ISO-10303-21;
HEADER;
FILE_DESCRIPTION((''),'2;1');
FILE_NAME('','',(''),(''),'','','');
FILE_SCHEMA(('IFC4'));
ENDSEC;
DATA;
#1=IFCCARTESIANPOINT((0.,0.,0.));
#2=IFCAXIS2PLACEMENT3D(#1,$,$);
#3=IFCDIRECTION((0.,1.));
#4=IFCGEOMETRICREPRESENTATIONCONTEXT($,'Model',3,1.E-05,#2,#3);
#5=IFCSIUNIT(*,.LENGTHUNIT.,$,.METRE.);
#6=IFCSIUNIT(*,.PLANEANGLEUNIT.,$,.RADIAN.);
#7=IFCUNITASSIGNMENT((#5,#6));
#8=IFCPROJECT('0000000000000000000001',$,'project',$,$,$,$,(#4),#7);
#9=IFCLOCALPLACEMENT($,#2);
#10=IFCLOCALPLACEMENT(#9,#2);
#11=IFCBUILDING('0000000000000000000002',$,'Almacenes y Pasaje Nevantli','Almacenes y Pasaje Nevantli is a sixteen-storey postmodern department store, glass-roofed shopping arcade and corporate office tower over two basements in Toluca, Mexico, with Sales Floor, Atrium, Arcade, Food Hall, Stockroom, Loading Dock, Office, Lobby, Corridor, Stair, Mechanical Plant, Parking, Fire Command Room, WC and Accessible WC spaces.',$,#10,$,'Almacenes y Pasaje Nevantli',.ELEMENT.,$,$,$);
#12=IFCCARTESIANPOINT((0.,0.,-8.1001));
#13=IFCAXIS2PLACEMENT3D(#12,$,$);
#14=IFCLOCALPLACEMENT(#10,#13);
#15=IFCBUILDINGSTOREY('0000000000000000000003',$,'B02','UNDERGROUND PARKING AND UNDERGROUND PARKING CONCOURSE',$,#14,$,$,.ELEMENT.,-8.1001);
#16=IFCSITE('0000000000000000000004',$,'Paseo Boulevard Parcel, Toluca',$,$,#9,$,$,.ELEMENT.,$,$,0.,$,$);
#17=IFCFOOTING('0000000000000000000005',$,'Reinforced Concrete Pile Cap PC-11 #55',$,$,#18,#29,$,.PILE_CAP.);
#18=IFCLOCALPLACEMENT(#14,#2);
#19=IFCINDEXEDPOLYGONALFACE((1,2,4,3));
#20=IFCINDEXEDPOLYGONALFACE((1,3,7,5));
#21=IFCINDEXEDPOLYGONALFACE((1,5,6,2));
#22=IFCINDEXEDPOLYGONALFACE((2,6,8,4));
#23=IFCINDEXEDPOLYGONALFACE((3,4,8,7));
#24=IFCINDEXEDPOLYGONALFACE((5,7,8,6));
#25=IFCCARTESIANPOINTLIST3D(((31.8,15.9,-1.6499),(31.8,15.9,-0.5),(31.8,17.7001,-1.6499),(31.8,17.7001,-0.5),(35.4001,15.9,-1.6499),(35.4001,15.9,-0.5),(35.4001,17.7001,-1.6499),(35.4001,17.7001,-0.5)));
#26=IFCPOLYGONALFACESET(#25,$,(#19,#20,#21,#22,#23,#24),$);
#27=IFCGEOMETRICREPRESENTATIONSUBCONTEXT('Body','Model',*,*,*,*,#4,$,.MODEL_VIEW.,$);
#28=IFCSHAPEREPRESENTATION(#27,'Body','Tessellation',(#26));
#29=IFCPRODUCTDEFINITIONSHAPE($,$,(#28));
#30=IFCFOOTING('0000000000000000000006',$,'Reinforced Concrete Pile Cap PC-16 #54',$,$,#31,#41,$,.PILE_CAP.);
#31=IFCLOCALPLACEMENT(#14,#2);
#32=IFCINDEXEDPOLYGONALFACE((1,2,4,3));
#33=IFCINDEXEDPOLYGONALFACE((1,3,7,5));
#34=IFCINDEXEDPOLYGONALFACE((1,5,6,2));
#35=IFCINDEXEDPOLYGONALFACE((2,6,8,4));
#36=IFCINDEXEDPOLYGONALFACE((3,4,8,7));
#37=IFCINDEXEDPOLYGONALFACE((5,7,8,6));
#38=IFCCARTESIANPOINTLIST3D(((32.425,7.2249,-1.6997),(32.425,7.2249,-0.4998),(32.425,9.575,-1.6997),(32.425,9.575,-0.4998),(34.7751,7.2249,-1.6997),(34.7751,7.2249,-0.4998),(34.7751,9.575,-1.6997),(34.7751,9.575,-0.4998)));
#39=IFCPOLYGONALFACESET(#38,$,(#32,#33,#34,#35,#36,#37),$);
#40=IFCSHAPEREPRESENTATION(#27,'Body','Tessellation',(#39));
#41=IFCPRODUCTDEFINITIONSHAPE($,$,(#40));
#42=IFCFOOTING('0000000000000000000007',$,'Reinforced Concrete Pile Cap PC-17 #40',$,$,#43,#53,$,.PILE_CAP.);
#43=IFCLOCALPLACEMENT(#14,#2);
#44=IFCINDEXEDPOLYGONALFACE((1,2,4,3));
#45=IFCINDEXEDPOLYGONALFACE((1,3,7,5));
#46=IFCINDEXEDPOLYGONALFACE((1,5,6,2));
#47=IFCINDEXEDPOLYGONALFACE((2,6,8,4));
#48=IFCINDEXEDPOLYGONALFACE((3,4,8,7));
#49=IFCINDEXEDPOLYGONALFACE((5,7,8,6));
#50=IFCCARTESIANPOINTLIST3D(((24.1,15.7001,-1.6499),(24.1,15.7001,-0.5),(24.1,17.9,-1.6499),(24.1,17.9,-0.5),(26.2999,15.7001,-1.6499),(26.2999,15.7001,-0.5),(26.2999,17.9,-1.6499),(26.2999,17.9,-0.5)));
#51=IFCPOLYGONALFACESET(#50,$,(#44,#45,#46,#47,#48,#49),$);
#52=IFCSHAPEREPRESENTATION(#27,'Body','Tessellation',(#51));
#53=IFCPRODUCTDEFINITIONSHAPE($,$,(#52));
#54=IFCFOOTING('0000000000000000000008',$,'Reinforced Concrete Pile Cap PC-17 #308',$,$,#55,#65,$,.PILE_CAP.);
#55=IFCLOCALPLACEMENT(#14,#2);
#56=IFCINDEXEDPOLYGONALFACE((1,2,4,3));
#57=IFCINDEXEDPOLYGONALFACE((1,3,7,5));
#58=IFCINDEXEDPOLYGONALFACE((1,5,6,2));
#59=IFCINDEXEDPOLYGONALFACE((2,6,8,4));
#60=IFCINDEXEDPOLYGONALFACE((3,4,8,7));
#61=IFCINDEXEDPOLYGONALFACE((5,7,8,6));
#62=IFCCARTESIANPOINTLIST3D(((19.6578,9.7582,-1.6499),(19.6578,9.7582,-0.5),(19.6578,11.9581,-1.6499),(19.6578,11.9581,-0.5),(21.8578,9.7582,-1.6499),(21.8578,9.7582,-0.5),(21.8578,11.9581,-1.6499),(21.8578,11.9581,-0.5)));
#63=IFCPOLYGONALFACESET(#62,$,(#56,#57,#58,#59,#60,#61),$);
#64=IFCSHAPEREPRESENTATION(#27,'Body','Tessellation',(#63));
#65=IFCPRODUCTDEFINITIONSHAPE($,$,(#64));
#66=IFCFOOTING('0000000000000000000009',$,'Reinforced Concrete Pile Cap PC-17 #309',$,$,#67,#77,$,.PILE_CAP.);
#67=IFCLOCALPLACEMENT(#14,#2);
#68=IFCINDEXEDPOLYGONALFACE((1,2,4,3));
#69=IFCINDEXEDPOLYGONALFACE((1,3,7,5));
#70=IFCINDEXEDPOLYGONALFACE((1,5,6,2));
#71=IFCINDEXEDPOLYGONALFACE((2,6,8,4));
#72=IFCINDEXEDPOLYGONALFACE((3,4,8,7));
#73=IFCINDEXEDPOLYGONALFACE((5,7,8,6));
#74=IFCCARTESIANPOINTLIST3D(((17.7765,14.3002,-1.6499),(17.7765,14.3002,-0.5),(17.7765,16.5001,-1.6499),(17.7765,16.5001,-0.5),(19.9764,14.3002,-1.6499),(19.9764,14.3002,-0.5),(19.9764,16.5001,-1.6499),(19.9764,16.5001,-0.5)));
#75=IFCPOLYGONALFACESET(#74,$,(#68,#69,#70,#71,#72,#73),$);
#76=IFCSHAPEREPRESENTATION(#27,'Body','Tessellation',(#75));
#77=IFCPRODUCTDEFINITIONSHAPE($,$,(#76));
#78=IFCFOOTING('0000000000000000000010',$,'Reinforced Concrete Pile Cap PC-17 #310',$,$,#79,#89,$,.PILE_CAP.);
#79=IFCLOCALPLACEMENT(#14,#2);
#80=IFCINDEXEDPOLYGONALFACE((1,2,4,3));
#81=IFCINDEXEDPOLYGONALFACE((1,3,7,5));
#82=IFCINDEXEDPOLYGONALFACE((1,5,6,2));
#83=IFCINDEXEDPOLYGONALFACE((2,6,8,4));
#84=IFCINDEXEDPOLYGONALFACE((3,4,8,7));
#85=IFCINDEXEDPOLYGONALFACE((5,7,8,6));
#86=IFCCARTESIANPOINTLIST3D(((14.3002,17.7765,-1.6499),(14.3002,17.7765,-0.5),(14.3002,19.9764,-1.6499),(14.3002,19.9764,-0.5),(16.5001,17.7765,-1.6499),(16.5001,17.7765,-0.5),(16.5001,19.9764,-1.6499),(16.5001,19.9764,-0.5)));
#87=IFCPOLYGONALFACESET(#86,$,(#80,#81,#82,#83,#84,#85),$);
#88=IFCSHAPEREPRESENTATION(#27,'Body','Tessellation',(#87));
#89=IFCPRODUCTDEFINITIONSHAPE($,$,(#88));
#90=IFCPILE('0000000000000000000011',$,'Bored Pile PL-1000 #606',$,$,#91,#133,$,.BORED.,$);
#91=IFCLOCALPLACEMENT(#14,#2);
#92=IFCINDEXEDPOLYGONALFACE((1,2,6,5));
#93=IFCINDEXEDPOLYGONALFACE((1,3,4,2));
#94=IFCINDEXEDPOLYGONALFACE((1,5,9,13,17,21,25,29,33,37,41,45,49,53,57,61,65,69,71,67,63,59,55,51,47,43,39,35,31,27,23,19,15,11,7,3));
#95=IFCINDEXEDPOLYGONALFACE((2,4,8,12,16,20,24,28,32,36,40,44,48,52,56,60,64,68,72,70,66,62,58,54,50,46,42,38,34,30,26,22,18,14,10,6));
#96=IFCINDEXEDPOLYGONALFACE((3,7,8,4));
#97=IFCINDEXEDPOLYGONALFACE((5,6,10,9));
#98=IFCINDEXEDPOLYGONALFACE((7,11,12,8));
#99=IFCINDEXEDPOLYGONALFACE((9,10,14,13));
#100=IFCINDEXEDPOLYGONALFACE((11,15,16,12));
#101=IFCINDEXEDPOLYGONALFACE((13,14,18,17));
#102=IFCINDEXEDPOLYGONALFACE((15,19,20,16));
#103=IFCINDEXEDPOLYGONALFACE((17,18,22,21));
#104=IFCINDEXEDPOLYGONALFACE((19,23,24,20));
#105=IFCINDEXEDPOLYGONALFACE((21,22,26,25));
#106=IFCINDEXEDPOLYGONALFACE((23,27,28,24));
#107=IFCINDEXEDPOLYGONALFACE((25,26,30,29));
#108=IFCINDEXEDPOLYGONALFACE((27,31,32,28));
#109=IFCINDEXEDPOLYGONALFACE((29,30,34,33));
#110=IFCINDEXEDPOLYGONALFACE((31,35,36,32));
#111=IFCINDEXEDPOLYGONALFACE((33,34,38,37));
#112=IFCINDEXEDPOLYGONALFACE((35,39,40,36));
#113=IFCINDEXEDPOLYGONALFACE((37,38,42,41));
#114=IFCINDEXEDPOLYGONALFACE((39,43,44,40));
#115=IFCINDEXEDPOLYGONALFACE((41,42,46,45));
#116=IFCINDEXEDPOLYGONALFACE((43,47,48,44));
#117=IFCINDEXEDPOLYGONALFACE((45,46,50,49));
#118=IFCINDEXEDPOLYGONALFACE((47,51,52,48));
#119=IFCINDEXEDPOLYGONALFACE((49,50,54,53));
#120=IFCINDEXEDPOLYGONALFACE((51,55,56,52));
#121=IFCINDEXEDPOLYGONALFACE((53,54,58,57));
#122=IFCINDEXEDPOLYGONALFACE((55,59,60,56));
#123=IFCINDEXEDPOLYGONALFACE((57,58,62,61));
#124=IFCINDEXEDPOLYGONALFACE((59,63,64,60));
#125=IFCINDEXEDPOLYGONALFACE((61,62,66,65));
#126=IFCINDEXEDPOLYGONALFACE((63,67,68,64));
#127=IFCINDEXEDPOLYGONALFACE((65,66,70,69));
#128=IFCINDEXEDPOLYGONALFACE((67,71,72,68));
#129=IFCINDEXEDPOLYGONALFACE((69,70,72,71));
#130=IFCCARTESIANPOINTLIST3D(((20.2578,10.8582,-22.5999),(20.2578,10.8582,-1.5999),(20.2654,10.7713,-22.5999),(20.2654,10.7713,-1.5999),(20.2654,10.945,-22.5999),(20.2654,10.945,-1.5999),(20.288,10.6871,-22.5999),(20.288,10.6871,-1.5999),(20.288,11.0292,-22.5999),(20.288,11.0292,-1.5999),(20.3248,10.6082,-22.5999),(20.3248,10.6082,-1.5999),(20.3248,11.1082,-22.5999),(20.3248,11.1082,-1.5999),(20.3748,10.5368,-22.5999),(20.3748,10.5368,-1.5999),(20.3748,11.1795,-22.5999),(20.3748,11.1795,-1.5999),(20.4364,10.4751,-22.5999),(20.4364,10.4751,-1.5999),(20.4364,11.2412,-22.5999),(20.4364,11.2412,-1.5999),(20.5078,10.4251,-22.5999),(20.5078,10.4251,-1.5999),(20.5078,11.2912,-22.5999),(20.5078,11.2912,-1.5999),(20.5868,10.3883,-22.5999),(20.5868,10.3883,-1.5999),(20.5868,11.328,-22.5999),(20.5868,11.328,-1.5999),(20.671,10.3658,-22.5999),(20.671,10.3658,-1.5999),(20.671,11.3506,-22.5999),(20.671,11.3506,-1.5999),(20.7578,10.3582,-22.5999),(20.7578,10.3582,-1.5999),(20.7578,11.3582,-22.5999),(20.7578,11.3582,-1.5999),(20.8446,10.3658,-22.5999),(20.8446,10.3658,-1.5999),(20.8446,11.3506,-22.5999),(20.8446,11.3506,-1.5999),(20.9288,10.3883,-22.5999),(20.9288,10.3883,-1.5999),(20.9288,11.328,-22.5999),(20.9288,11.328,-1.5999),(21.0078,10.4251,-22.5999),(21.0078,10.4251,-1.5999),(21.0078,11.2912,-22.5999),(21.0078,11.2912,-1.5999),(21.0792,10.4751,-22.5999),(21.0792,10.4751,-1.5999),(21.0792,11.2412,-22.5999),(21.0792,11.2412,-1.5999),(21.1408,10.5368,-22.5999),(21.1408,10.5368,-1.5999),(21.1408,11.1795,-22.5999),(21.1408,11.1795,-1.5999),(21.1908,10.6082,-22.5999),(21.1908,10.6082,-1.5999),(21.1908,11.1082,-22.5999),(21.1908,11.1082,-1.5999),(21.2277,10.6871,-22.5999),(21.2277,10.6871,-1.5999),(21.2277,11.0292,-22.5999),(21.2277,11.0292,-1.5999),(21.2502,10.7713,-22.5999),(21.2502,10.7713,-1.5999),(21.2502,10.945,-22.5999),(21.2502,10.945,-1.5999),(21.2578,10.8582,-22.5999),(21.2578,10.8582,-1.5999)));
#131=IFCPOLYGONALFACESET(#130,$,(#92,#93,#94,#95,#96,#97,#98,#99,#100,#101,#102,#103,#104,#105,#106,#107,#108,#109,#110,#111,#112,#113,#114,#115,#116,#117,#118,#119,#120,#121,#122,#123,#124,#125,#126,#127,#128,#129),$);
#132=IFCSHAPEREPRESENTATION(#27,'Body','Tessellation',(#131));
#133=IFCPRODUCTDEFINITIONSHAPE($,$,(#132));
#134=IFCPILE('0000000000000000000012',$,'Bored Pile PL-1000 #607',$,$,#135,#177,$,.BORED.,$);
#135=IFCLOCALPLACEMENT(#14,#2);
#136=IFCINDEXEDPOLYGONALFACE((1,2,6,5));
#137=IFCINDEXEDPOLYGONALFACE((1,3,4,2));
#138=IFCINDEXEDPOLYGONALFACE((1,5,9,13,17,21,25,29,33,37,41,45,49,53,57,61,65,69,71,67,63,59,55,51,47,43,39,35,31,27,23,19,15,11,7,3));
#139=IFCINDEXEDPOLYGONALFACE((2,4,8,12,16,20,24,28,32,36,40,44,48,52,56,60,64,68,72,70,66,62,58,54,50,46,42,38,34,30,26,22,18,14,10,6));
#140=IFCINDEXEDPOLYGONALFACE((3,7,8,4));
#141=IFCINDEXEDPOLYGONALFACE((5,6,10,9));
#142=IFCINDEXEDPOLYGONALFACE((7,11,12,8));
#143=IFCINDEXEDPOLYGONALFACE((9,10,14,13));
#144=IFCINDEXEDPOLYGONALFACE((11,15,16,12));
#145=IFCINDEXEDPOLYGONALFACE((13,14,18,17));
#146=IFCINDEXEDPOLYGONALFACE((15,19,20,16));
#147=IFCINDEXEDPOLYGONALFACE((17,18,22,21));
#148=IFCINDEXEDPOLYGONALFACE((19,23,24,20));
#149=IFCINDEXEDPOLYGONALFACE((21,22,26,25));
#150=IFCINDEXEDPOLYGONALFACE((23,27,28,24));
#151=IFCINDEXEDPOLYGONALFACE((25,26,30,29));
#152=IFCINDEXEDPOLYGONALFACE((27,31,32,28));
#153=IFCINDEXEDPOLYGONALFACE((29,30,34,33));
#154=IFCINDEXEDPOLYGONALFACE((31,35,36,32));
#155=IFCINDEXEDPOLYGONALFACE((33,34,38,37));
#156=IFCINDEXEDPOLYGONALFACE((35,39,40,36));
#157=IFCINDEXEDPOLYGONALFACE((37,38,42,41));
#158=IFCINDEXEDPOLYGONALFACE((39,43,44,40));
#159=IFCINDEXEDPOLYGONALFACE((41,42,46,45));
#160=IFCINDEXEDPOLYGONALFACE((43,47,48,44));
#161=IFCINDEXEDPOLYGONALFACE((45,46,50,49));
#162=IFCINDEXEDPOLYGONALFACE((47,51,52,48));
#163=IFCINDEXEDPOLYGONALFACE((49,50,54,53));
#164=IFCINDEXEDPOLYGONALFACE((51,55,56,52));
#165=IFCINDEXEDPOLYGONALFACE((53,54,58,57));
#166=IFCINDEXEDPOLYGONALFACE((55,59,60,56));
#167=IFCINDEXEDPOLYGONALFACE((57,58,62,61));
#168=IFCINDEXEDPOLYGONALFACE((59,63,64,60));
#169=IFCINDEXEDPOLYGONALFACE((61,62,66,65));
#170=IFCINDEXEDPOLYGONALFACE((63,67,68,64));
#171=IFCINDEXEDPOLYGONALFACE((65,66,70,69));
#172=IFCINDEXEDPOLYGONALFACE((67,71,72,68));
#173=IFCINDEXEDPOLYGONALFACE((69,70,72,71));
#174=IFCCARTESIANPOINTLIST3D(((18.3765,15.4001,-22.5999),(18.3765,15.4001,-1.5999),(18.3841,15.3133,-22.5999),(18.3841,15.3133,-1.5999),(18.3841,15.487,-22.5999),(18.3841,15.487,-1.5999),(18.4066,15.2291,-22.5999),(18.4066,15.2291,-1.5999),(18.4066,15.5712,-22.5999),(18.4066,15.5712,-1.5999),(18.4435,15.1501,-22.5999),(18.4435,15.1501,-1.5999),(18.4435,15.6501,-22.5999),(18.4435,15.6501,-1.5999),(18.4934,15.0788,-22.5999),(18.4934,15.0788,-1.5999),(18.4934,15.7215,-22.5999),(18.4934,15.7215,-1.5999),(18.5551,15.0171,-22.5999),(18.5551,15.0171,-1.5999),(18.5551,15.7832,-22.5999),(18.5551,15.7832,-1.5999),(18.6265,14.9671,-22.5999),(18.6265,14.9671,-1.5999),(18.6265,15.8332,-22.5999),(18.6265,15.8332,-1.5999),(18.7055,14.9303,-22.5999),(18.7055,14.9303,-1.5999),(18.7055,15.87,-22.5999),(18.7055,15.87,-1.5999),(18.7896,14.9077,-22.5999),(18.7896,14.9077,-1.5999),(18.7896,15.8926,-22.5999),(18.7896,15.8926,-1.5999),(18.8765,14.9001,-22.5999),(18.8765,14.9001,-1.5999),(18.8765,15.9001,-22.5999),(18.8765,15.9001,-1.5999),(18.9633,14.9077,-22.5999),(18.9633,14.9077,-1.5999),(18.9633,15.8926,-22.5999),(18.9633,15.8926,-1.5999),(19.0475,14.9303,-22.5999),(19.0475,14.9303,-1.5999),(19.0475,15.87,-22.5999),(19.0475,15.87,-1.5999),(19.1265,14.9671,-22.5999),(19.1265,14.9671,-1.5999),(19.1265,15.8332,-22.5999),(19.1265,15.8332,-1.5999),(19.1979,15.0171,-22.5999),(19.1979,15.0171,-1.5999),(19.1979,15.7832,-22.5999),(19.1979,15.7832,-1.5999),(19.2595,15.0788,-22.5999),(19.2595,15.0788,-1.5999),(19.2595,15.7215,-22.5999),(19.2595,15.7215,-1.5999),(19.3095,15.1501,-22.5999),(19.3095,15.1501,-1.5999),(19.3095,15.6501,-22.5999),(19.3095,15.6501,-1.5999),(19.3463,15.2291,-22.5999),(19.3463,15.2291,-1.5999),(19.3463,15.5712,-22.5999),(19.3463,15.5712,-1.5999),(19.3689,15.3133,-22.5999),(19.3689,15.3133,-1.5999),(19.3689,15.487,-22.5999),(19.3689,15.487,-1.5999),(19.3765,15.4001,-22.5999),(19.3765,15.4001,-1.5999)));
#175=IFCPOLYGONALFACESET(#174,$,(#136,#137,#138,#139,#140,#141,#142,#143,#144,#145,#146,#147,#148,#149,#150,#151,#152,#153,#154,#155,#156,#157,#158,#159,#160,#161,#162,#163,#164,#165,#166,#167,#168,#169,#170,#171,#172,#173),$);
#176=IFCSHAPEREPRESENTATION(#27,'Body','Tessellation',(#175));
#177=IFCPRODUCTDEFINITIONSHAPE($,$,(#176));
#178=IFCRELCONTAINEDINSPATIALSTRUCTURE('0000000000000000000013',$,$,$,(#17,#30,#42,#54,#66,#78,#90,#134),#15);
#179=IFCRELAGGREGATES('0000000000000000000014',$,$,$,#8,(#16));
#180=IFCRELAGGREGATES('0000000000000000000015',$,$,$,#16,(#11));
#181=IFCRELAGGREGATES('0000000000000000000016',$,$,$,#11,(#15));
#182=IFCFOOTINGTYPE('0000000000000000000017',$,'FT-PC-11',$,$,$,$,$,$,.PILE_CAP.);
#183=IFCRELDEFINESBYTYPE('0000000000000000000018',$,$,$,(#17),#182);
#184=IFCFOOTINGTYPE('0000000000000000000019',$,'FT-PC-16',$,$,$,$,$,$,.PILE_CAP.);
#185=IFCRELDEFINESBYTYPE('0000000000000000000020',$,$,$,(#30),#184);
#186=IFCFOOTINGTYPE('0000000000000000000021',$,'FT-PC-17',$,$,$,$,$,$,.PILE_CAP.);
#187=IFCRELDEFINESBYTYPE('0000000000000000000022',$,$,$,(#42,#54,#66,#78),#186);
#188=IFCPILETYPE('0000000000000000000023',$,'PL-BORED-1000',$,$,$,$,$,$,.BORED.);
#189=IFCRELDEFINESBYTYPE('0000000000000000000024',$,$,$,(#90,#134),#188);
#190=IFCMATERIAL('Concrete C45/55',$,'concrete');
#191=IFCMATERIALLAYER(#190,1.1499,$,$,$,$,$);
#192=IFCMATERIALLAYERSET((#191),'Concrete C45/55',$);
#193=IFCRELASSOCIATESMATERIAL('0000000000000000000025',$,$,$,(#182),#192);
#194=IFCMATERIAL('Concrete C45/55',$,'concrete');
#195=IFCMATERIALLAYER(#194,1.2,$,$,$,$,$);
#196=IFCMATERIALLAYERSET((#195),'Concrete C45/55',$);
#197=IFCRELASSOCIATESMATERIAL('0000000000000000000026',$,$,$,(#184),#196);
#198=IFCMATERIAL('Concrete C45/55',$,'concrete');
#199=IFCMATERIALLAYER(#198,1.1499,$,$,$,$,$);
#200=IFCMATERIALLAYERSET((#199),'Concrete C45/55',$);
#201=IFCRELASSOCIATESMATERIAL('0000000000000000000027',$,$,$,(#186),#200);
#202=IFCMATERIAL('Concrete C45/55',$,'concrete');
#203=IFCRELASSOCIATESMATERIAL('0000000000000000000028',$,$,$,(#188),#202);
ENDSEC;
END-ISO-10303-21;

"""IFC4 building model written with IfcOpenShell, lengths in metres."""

from ifc_helpers import new_model, si_unit, direction, frame, origin, origin_2d, place, context, subcontext, project, spatial, rectangle, circle, extrude, material, layer, layer_set, material_profile, profile_set, type_object, element, save


model = new_model("IFC4")

# Units and contexts
model_context = context("Model", 3, precision=1e-05, world=origin(), true_north=direction((0.0, 1.0)))
body_context = subcontext(model_context, "Body", "Model", "MODEL_VIEW")
ifc_project = project(units=[si_unit("LENGTHUNIT", "METRE"), si_unit("PLANEANGLEUNIT", "RADIAN")], contexts=[model_context])

# Site, building, storey
site_placement = place(None, origin())
site = spatial("IfcSite", under=ifc_project, at=site_placement, Name="Paseo Boulevard Parcel, Toluca", CompositionType="ELEMENT", RefElevation=0.0)
building_placement = place(site_placement, origin())
building = spatial("IfcBuilding", under=site, at=building_placement, Name="Almacenes y Pasaje Nevantli", Description="Almacenes y Pasaje Nevantli is a sixteen-storey postmodern department store, glass-roofed shopping arcade and corporate office tower over two basements in Toluca, Mexico, with Sales Floor, Atrium, Arcade, Food Hall, Stockroom, Loading Dock, Office, Lobby, Corridor, Stair, Mechanical Plant, Parking, Fire Command Room, WC and Accessible WC spaces.", LongName="Almacenes y Pasaje Nevantli", CompositionType="ELEMENT")
storey_placement = place(building_placement, frame((0.0, 0.0, -8.1001)))
storey = spatial("IfcBuildingStorey", under=building, at=storey_placement, Name="B02", Description="UNDERGROUND PARKING AND UNDERGROUND PARKING CONCOURSE", CompositionType="ELEMENT", Elevation=-8.1001)

# Footings
ifc_material_1 = material(Name="Concrete C45/55", Category="concrete")
ifc_layer_1 = layer(ifc_material_1, 1.1499)
ifc_layer_set_1 = layer_set([ifc_layer_1], Name="Concrete C45/55")
footing_type_1 = type_object("IfcFootingType", Name="FT-PC-11", PredefinedType="PILE_CAP", material=ifc_layer_set_1)
footing_1_placement = place(storey_placement, frame((33.6001, 16.8, -1.6499), z_axis=(0.0, 0.0, 1.0), x_axis=(1.0, 0.0, 0.0)))
element("IfcFooting", 1, at=footing_1_placement, inside=storey, type_object=footing_type_1, Name="Reinforced Concrete Pile Cap PC-11 #55", PredefinedType="PILE_CAP", context=body_context, shape_type="SweptSolid", body=[
    extrude(rectangle(XDim=3.6001, YDim=1.8, at=origin_2d()), origin(), (0.0, 0.0, 1.0), 1.1499),
])
ifc_material_2 = material(Name="Concrete C45/55", Category="concrete")
ifc_layer_2 = layer(ifc_material_2, 1.2)
ifc_layer_set_2 = layer_set([ifc_layer_2], Name="Concrete C45/55")
footing_type_2 = type_object("IfcFootingType", Name="FT-PC-16", PredefinedType="PILE_CAP", material=ifc_layer_set_2)
footing_2_placement = place(storey_placement, frame((33.6001, 8.3999, -1.6997), z_axis=(0.0, 0.0, 1.0), x_axis=(1.0, 0.0, 0.0)))
element("IfcFooting", 2, at=footing_2_placement, inside=storey, type_object=footing_type_2, Name="Reinforced Concrete Pile Cap PC-16 #54", PredefinedType="PILE_CAP", context=body_context, shape_type="SweptSolid", body=[
    extrude(rectangle(XDim=2.3501, YDim=2.3501, at=origin_2d()), origin(), (0.0, 0.0, 1.0), 1.2),
])
ifc_material_3 = material(Name="Concrete C45/55", Category="concrete")
ifc_layer_3 = layer(ifc_material_3, 1.1499)
ifc_layer_set_3 = layer_set([ifc_layer_3], Name="Concrete C45/55")
footing_type_3 = type_object("IfcFootingType", Name="FT-PC-17", PredefinedType="PILE_CAP", material=ifc_layer_set_3)
for number, where, z_axis, x_axis, name in (
    (3, (25.2, 16.8, -1.6499), (0.0, 0.0, 1.0), (1.0, 0.0, 0.0), "Reinforced Concrete Pile Cap PC-17 #40"),
    (4, (20.7578, 10.8582, -1.6499), (0.0, 0.0, 1.0), (1.0, 0.0, 0.0), "Reinforced Concrete Pile Cap PC-17 #308"),
    (5, (18.8765, 15.4001, -1.6499), (0.0, 0.0, 1.0), (1.0, 0.0, 0.0), "Reinforced Concrete Pile Cap PC-17 #309"),
    (6, (15.4001, 18.8765, -1.6499), (0.0, 0.0, 1.0), (1.0, 0.0, 0.0), "Reinforced Concrete Pile Cap PC-17 #310"),
):
    element("IfcFooting", number, at=place(storey_placement, frame(where, z_axis=z_axis, x_axis=x_axis)), inside=storey, type_object=footing_type_3, Name=name, PredefinedType="PILE_CAP", context=body_context, shape_type="SweptSolid", body=[
        extrude(rectangle(XDim=2.2, YDim=2.2, at=origin_2d()), origin(), (0.0, 0.0, 1.0), 1.1499),
    ])

# Piles
ifc_material_4 = material(Name="Concrete C45/55", Category="concrete")
ifc_material_profile_1 = material_profile(ifc_material_4, circle(Radius=0.5, at=origin_2d()), Name="RC-PILE-D1000")
ifc_profile_set_1 = profile_set([ifc_material_profile_1], Name="Concrete C45/55")
pile_type_1 = type_object("IfcPileType", Name="PL-BORED-1000", PredefinedType="BORED", material=ifc_profile_set_1)
for number, where, z_axis, x_axis, name in (
    (7, (20.7578, 10.8582, -1.5999), (0.0, 0.0, -1.0), (1.0, 0.0, 0.0), "Bored Pile PL-1000 #606"),
    (8, (18.8765, 15.4001, -1.5999), (0.0, 0.0, -1.0), (1.0, 0.0, 0.0), "Bored Pile PL-1000 #607"),
):
    element("IfcPile", number, at=place(storey_placement, frame(where, z_axis=z_axis, x_axis=x_axis)), inside=storey, type_object=pile_type_1, Name=name, PredefinedType="BORED", context=body_context, shape_type="SweptSolid", body=[
        extrude(circle(Radius=0.5, at=origin_2d()), origin(), (0.0, 0.0, 1.0), 21.0),
    ])

save(model, "model.ifc")
